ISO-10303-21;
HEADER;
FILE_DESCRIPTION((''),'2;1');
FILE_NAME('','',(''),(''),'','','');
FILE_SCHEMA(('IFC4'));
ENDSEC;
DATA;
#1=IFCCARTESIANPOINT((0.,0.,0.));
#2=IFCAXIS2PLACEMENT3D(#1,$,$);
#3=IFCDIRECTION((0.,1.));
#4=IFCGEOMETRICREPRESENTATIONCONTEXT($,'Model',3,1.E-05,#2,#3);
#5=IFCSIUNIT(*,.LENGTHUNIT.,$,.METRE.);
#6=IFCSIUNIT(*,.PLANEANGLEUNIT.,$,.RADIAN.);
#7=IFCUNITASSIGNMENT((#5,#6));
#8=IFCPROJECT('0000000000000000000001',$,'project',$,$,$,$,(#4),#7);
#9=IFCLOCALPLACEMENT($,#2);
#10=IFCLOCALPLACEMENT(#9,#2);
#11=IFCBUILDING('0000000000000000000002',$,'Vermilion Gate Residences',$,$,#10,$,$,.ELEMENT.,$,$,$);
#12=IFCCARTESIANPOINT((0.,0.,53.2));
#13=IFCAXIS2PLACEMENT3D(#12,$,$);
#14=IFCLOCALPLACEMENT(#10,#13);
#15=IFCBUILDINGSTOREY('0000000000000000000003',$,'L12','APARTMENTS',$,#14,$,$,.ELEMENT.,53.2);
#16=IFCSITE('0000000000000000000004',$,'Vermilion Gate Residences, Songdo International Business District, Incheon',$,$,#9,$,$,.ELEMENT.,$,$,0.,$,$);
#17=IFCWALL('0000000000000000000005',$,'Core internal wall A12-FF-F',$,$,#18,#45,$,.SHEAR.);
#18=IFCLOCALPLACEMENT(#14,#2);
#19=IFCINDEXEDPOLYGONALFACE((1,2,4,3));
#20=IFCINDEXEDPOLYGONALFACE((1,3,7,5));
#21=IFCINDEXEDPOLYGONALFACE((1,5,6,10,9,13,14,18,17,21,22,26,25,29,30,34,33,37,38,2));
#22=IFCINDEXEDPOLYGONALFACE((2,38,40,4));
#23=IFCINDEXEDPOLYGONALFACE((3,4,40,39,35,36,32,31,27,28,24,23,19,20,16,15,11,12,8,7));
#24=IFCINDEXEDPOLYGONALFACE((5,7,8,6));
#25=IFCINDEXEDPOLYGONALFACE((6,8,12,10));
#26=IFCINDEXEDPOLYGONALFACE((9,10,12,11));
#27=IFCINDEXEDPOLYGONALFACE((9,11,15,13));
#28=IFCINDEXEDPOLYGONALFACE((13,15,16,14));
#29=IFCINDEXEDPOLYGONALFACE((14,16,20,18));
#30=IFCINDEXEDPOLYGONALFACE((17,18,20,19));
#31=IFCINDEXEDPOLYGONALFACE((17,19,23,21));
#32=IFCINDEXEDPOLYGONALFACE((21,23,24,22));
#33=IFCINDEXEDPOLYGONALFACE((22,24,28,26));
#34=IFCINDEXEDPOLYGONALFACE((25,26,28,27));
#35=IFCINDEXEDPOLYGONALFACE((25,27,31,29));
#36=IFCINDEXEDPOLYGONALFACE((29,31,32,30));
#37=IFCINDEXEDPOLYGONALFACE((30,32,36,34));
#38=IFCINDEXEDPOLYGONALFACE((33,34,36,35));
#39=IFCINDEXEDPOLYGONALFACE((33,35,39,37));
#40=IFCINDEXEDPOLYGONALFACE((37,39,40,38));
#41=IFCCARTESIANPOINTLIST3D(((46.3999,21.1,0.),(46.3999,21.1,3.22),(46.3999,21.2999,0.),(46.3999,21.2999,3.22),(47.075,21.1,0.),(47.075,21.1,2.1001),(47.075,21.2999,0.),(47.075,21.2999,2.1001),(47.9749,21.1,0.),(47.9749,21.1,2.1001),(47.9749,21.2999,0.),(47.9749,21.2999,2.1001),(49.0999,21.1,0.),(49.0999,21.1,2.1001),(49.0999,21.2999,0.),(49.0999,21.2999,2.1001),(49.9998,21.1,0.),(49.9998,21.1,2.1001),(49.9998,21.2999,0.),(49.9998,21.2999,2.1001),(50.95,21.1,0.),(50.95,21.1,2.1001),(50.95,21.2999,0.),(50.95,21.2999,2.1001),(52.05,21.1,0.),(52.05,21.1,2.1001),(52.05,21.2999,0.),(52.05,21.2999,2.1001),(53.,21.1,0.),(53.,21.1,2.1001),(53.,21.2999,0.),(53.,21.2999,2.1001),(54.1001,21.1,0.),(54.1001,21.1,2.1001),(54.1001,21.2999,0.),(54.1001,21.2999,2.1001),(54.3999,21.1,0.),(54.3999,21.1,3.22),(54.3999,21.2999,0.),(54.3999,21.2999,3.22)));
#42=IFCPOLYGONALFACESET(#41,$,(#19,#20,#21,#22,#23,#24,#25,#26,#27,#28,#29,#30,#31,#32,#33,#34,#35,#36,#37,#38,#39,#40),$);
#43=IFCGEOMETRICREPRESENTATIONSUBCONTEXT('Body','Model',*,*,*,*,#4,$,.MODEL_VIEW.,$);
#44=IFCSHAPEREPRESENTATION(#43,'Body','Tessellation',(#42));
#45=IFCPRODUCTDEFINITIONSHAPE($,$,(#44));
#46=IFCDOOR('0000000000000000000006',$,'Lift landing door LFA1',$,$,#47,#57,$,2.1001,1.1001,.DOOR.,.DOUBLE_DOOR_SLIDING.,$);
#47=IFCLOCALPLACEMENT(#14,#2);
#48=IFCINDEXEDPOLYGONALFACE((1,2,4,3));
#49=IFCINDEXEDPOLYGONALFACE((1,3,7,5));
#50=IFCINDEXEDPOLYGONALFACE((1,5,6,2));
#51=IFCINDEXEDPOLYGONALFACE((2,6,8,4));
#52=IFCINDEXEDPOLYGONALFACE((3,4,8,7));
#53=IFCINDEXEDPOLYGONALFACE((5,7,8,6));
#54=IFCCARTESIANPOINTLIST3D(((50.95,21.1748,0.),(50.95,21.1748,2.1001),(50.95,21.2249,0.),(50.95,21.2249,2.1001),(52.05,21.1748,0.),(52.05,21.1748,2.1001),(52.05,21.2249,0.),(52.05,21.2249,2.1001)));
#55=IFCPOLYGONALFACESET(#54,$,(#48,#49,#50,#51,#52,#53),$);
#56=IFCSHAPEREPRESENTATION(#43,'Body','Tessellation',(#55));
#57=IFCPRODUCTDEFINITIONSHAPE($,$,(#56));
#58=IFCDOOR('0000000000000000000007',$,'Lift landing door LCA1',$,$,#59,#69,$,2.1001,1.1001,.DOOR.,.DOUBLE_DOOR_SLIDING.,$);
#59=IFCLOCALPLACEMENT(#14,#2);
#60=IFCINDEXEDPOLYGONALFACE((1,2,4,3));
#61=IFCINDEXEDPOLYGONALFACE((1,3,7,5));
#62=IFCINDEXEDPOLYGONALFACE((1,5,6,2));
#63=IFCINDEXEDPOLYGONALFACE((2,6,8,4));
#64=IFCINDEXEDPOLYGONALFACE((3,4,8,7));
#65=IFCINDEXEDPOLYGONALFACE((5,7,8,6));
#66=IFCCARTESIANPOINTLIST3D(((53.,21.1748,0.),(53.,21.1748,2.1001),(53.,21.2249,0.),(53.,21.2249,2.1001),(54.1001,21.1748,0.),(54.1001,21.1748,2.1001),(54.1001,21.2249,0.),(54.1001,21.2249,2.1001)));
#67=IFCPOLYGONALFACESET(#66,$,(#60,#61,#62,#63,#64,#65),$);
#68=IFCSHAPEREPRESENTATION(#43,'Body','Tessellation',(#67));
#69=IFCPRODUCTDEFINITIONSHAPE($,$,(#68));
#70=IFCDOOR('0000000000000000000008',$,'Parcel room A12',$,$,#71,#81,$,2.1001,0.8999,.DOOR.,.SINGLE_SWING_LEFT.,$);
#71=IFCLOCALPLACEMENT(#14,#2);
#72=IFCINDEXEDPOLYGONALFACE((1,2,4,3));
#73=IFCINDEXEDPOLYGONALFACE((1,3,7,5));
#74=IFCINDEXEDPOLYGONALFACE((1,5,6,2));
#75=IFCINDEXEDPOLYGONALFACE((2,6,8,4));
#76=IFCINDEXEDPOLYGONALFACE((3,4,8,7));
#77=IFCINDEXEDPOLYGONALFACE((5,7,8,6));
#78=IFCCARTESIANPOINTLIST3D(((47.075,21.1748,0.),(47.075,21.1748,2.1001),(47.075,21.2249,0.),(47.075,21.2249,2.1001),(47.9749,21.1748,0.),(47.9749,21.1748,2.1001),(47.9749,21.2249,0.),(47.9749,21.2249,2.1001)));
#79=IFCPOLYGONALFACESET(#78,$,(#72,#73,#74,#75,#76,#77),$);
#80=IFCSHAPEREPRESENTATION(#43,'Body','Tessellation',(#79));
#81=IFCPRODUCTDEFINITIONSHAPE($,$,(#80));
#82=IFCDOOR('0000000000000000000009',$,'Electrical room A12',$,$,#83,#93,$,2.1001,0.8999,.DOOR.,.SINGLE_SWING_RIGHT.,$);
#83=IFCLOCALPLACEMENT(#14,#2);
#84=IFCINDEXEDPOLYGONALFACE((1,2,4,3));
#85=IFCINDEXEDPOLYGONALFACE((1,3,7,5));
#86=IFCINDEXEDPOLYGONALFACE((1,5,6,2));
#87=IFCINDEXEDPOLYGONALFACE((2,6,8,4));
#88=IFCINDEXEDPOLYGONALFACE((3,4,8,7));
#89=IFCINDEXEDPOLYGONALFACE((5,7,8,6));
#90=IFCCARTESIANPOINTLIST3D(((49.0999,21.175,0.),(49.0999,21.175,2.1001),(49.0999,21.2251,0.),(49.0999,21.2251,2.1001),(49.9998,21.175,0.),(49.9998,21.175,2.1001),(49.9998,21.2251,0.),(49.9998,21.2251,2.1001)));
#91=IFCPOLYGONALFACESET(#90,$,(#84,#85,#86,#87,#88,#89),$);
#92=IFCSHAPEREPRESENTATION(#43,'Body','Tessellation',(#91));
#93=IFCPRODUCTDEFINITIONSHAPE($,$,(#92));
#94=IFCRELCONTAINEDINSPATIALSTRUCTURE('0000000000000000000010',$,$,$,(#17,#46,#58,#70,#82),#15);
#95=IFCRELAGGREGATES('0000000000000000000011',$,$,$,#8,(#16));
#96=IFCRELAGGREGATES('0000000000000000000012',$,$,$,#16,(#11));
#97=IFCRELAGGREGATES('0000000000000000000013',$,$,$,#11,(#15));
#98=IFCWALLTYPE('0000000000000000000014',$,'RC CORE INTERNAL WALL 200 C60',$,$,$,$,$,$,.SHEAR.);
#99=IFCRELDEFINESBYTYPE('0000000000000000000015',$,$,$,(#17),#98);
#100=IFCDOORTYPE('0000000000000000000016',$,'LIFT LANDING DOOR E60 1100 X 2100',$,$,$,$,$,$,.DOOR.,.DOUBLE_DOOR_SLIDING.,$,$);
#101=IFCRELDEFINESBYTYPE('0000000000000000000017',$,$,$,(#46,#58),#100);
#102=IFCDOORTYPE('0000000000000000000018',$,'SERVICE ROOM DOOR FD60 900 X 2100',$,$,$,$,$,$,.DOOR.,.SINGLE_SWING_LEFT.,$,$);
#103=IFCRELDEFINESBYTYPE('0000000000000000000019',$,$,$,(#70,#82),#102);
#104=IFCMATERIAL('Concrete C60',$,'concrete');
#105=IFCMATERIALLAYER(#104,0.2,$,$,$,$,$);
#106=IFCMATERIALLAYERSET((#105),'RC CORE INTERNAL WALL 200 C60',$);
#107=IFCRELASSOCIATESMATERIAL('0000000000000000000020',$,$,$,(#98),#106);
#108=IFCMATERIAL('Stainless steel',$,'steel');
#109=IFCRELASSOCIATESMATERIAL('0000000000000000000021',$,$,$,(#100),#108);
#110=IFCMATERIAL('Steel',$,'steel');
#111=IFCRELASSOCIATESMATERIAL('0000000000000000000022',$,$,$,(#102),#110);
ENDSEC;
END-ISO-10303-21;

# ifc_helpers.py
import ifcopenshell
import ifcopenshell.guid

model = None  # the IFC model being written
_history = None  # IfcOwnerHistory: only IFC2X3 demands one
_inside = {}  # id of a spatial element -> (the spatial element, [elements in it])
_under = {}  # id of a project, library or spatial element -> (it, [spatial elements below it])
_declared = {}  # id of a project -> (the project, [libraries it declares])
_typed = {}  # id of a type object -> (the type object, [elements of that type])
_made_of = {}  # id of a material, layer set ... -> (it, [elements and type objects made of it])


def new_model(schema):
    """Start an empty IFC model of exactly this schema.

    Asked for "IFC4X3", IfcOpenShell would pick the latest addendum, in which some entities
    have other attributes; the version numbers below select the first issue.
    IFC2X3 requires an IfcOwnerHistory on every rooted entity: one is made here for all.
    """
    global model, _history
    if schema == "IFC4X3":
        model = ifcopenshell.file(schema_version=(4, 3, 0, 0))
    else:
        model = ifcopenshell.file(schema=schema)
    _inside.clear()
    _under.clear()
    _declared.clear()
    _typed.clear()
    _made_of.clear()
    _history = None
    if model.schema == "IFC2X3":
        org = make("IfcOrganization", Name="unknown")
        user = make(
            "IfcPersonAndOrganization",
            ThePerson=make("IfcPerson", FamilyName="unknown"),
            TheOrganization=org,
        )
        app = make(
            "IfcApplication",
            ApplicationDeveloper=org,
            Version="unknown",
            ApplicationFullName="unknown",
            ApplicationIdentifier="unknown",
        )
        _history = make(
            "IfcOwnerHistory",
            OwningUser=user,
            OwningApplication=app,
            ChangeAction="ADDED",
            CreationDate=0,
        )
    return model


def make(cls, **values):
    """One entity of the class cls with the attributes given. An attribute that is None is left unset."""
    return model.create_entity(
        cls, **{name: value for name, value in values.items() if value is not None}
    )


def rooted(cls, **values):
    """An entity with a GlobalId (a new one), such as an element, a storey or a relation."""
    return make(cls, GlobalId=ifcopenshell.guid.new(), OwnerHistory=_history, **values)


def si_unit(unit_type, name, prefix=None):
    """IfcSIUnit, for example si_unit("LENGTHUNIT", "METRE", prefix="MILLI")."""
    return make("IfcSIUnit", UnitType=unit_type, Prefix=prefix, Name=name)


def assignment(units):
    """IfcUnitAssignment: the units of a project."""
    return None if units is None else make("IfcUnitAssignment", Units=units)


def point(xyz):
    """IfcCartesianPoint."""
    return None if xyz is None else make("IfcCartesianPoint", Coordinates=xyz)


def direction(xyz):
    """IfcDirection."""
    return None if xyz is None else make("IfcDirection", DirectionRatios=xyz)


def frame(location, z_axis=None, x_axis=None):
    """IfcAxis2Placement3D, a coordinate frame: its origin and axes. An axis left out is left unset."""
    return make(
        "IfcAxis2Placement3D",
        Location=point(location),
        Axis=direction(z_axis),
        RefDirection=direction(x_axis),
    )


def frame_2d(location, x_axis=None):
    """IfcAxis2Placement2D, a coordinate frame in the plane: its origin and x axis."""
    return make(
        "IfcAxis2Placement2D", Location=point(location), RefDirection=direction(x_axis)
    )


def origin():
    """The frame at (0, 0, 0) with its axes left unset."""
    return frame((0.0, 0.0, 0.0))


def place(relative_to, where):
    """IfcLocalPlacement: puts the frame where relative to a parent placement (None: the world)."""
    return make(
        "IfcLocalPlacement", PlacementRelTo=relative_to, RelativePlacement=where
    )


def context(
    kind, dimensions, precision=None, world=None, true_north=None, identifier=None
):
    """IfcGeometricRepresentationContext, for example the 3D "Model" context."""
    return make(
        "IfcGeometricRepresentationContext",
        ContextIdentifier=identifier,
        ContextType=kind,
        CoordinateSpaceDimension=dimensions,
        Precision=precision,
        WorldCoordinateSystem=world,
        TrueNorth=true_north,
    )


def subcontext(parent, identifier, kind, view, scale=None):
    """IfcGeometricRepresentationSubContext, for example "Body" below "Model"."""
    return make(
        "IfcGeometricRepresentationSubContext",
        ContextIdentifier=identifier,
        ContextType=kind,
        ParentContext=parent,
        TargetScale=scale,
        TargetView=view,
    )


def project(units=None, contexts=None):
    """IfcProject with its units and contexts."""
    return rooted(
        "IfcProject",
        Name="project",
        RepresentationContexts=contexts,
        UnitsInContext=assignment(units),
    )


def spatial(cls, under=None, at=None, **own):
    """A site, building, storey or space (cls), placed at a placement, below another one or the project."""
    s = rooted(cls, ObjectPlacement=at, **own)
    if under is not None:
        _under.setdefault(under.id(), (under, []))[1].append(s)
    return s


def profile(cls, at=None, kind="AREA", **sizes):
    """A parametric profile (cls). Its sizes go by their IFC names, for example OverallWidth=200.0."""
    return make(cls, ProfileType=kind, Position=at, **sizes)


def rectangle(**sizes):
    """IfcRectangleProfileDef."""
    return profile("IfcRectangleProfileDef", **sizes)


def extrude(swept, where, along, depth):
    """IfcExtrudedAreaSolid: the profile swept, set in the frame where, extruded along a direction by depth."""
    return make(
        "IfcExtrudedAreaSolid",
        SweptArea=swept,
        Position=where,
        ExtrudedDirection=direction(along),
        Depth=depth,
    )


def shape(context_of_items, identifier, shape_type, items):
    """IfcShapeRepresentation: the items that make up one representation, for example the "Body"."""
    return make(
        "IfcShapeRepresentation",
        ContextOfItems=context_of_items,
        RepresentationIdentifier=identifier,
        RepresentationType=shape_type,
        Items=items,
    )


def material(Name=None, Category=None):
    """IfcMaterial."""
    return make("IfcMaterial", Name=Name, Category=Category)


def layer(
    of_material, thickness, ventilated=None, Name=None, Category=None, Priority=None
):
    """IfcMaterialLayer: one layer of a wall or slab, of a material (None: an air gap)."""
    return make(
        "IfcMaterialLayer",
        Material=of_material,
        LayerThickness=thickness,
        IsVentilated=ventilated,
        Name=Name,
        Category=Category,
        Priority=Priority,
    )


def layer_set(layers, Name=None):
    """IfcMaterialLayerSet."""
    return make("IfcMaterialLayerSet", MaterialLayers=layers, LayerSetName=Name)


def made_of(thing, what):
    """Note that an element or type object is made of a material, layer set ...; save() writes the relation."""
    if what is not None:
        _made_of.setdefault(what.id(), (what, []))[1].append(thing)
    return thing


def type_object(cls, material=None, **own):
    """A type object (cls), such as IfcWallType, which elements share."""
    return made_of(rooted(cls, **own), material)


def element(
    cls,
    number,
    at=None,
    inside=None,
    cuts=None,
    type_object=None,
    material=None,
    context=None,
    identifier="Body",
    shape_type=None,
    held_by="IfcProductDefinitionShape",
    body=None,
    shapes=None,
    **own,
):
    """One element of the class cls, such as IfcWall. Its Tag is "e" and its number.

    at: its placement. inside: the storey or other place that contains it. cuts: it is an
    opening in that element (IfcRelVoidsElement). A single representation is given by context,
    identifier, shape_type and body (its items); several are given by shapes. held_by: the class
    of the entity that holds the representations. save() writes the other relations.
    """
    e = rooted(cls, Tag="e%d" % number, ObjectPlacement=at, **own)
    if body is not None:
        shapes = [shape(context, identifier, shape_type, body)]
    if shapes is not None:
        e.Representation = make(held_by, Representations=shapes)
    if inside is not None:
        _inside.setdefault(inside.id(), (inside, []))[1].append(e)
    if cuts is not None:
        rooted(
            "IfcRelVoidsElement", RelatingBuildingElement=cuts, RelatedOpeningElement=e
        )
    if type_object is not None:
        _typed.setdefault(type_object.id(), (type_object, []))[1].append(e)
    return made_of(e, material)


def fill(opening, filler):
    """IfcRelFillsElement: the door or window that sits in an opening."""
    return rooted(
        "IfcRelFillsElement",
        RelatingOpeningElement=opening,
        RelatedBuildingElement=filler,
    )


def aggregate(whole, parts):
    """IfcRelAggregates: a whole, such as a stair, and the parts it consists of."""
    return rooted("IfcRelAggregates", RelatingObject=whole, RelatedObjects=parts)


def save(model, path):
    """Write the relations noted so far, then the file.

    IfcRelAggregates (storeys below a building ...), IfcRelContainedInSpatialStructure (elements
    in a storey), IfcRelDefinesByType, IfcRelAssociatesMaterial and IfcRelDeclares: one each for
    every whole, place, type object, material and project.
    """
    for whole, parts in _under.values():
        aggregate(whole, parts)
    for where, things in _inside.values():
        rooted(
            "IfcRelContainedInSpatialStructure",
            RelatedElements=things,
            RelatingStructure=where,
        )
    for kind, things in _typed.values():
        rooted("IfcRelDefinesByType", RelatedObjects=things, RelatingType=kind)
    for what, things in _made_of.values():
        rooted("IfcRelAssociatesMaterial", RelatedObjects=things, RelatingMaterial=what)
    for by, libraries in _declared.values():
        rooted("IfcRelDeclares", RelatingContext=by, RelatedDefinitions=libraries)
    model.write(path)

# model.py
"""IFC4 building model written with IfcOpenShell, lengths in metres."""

from ifc_helpers import new_model, si_unit, direction, frame, frame_2d, origin, place, context, subcontext, project, spatial, rectangle, extrude, material, layer, layer_set, type_object, element, fill, save


model = new_model("IFC4")

# Units and contexts
model_context = context("Model", 3, precision=1e-05, world=origin(), true_north=direction((0.0, 1.0)))
body_context = subcontext(model_context, "Body", "Model", "MODEL_VIEW")
ifc_project = project(units=[si_unit("LENGTHUNIT", "METRE"), si_unit("PLANEANGLEUNIT", "RADIAN")], contexts=[model_context])

# Site, building, storey
site_placement = place(None, origin())
site = spatial("IfcSite", under=ifc_project, at=site_placement, Name="Vermilion Gate Residences, Songdo International Business District, Incheon", CompositionType="ELEMENT", RefElevation=0.0)
building_placement = place(site_placement, origin())
building = spatial("IfcBuilding", under=site, at=building_placement, Name="Vermilion Gate Residences", CompositionType="ELEMENT")
storey_placement = place(building_placement, frame((0.0, 0.0, 53.2)))
storey = spatial("IfcBuildingStorey", under=building, at=storey_placement, Name="L12", Description="APARTMENTS", CompositionType="ELEMENT", Elevation=53.2)

# Shared definitions
ifc_material_1 = material(Name="Concrete C60", Category="concrete")
ifc_layer_1 = layer(ifc_material_1, 0.2)
ifc_layer_set_1 = layer_set([ifc_layer_1], Name="RC CORE INTERNAL WALL 200 C60")
wall_type_1 = type_object("IfcWallType", Name="RC CORE INTERNAL WALL 200 C60", PredefinedType="SHEAR", material=ifc_layer_set_1)

# Wall, openings, doors
wall_1_placement = place(storey_placement, frame((46.3999, 21.2, 0.0), z_axis=(0.0, 0.0, 1.0), x_axis=(1.0, 0.0, 0.0)))
wall_1 = element("IfcWall", 1, at=wall_1_placement, inside=storey, type_object=wall_type_1, Name="Core internal wall A12-FF-F", PredefinedType="SHEAR", context=body_context, shape_type="SweptSolid", body=[
    extrude(rectangle(XDim=8.0, YDim=0.2, at=frame_2d((4.0, 0.0))), origin(), (0.0, 0.0, 1.0), 3.22),
])
opening_1_placement = place(wall_1_placement, frame((0.675, 0.0, 0.0)))
opening_1 = element("IfcOpeningElement", 2, at=opening_1_placement, cuts=wall_1, PredefinedType="OPENING", context=body_context, shape_type="SweptSolid", body=[
    extrude(rectangle(XDim=0.8999, YDim=2.1001, at=frame_2d((0.45, 1.05))), frame((0.0, 0.1099, 0.0), z_axis=(0.0, -1.0, 0.0), x_axis=(1.0, 0.0, 0.0)), (0.0, 0.0, 1.0), 0.22),
])
opening_2_placement = place(wall_1_placement, frame((2.7, 0.0, 0.0)))
opening_2 = element("IfcOpeningElement", 3, at=opening_2_placement, cuts=wall_1, PredefinedType="OPENING", context=body_context, shape_type="SweptSolid", body=[
    extrude(rectangle(XDim=0.8999, YDim=2.1001, at=frame_2d((0.45, 1.05))), frame((0.0, 0.1099, 0.0), z_axis=(0.0, -1.0, 0.0), x_axis=(1.0, 0.0, 0.0)), (0.0, 0.0, 1.0), 0.22),
])
opening_3_placement = place(wall_1_placement, frame((4.55, 0.0, 0.0)))
opening_3 = element("IfcOpeningElement", 4, at=opening_3_placement, cuts=wall_1, PredefinedType="OPENING", context=body_context, shape_type="SweptSolid", body=[
    extrude(rectangle(XDim=1.1001, YDim=2.1001, at=frame_2d((0.55, 1.05))), frame((0.0, 0.1099, 0.0), z_axis=(0.0, -1.0, 0.0), x_axis=(1.0, 0.0, 0.0)), (0.0, 0.0, 1.0), 0.22),
])
opening_4_placement = place(wall_1_placement, frame((6.6001, 0.0, 0.0)))
opening_4 = element("IfcOpeningElement", 5, at=opening_4_placement, cuts=wall_1, PredefinedType="OPENING", context=body_context, shape_type="SweptSolid", body=[
    extrude(rectangle(XDim=1.1001, YDim=2.1001, at=frame_2d((0.55, 1.05))), frame((0.0, 0.1099, 0.0), z_axis=(0.0, -1.0, 0.0), x_axis=(1.0, 0.0, 0.0)), (0.0, 0.0, 1.0), 0.22),
])
ifc_material_2 = material(Name="Stainless steel", Category="steel")
door_type_1 = type_object("IfcDoorType", Name="LIFT LANDING DOOR E60 1100 X 2100", OperationType="DOUBLE_DOOR_SLIDING", PredefinedType="DOOR", material=ifc_material_2)
door_1_placement = place(opening_3_placement, origin())
door_1 = element("IfcDoor", 6, at=door_1_placement, inside=storey, type_object=door_type_1, Name="Lift landing door LFA1", OperationType="DOUBLE_DOOR_SLIDING", OverallHeight=2.1001, OverallWidth=1.1001, PredefinedType="DOOR", context=body_context, shape_type="SweptSolid", body=[
    extrude(rectangle(XDim=1.1001, YDim=2.1001, at=frame_2d((0.55, 1.05))), frame((0.0, 0.0249, 0.0), z_axis=(0.0, -1.0, 0.0), x_axis=(1.0, 0.0, 0.0)), (0.0, 0.0, 1.0), 0.05),
])
fill(opening_3, door_1)
door_2_placement = place(opening_4_placement, origin())
door_2 = element("IfcDoor", 7, at=door_2_placement, inside=storey, type_object=door_type_1, Name="Lift landing door LCA1", OperationType="DOUBLE_DOOR_SLIDING", OverallHeight=2.1001, OverallWidth=1.1001, PredefinedType="DOOR", context=body_context, shape_type="SweptSolid", body=[
    extrude(rectangle(XDim=1.1001, YDim=2.1001, at=frame_2d((0.55, 1.05))), frame((0.0, 0.0249, 0.0), z_axis=(0.0, -1.0, 0.0), x_axis=(1.0, 0.0, 0.0)), (0.0, 0.0, 1.0), 0.05),
])
fill(opening_4, door_2)
ifc_material_3 = material(Name="Steel", Category="steel")
door_type_2 = type_object("IfcDoorType", Name="SERVICE ROOM DOOR FD60 900 X 2100", OperationType="SINGLE_SWING_LEFT", PredefinedType="DOOR", material=ifc_material_3)
door_3_placement = place(opening_1_placement, origin())
door_3 = element("IfcDoor", 8, at=door_3_placement, inside=storey, type_object=door_type_2, Name="Parcel room A12", OperationType="SINGLE_SWING_LEFT", OverallHeight=2.1001, OverallWidth=0.8999, PredefinedType="DOOR", context=body_context, shape_type="SweptSolid", body=[
    extrude(rectangle(XDim=0.8999, YDim=2.1001, at=frame_2d((0.45, 1.05))), frame((0.0, 0.0249, 0.0), z_axis=(0.0, -1.0, 0.0), x_axis=(1.0, 0.0, 0.0)), (0.0, 0.0, 1.0), 0.05),
])
fill(opening_1, door_3)
door_4_placement = place(opening_2_placement, frame((0.8999, 0.0, 0.0), z_axis=(0.0, 0.0, 1.0), x_axis=(-1.0, 0.0, 0.0)))
door_4 = element("IfcDoor", 9, at=door_4_placement, inside=storey, type_object=door_type_2, Name="Electrical room A12", OperationType="SINGLE_SWING_RIGHT", OverallHeight=2.1001, OverallWidth=0.8999, PredefinedType="DOOR", context=body_context, shape_type="SweptSolid", body=[
    extrude(rectangle(XDim=0.8999, YDim=2.1001, at=frame_2d((0.45, 1.05))), frame((0.0, 0.0249, 0.0), z_axis=(0.0, -1.0, 0.0), x_axis=(1.0, 0.0, 0.0)), (0.0, 0.0, 1.0), 0.05),
])
fill(opening_2, door_4)

save(model, "model.ifc")
